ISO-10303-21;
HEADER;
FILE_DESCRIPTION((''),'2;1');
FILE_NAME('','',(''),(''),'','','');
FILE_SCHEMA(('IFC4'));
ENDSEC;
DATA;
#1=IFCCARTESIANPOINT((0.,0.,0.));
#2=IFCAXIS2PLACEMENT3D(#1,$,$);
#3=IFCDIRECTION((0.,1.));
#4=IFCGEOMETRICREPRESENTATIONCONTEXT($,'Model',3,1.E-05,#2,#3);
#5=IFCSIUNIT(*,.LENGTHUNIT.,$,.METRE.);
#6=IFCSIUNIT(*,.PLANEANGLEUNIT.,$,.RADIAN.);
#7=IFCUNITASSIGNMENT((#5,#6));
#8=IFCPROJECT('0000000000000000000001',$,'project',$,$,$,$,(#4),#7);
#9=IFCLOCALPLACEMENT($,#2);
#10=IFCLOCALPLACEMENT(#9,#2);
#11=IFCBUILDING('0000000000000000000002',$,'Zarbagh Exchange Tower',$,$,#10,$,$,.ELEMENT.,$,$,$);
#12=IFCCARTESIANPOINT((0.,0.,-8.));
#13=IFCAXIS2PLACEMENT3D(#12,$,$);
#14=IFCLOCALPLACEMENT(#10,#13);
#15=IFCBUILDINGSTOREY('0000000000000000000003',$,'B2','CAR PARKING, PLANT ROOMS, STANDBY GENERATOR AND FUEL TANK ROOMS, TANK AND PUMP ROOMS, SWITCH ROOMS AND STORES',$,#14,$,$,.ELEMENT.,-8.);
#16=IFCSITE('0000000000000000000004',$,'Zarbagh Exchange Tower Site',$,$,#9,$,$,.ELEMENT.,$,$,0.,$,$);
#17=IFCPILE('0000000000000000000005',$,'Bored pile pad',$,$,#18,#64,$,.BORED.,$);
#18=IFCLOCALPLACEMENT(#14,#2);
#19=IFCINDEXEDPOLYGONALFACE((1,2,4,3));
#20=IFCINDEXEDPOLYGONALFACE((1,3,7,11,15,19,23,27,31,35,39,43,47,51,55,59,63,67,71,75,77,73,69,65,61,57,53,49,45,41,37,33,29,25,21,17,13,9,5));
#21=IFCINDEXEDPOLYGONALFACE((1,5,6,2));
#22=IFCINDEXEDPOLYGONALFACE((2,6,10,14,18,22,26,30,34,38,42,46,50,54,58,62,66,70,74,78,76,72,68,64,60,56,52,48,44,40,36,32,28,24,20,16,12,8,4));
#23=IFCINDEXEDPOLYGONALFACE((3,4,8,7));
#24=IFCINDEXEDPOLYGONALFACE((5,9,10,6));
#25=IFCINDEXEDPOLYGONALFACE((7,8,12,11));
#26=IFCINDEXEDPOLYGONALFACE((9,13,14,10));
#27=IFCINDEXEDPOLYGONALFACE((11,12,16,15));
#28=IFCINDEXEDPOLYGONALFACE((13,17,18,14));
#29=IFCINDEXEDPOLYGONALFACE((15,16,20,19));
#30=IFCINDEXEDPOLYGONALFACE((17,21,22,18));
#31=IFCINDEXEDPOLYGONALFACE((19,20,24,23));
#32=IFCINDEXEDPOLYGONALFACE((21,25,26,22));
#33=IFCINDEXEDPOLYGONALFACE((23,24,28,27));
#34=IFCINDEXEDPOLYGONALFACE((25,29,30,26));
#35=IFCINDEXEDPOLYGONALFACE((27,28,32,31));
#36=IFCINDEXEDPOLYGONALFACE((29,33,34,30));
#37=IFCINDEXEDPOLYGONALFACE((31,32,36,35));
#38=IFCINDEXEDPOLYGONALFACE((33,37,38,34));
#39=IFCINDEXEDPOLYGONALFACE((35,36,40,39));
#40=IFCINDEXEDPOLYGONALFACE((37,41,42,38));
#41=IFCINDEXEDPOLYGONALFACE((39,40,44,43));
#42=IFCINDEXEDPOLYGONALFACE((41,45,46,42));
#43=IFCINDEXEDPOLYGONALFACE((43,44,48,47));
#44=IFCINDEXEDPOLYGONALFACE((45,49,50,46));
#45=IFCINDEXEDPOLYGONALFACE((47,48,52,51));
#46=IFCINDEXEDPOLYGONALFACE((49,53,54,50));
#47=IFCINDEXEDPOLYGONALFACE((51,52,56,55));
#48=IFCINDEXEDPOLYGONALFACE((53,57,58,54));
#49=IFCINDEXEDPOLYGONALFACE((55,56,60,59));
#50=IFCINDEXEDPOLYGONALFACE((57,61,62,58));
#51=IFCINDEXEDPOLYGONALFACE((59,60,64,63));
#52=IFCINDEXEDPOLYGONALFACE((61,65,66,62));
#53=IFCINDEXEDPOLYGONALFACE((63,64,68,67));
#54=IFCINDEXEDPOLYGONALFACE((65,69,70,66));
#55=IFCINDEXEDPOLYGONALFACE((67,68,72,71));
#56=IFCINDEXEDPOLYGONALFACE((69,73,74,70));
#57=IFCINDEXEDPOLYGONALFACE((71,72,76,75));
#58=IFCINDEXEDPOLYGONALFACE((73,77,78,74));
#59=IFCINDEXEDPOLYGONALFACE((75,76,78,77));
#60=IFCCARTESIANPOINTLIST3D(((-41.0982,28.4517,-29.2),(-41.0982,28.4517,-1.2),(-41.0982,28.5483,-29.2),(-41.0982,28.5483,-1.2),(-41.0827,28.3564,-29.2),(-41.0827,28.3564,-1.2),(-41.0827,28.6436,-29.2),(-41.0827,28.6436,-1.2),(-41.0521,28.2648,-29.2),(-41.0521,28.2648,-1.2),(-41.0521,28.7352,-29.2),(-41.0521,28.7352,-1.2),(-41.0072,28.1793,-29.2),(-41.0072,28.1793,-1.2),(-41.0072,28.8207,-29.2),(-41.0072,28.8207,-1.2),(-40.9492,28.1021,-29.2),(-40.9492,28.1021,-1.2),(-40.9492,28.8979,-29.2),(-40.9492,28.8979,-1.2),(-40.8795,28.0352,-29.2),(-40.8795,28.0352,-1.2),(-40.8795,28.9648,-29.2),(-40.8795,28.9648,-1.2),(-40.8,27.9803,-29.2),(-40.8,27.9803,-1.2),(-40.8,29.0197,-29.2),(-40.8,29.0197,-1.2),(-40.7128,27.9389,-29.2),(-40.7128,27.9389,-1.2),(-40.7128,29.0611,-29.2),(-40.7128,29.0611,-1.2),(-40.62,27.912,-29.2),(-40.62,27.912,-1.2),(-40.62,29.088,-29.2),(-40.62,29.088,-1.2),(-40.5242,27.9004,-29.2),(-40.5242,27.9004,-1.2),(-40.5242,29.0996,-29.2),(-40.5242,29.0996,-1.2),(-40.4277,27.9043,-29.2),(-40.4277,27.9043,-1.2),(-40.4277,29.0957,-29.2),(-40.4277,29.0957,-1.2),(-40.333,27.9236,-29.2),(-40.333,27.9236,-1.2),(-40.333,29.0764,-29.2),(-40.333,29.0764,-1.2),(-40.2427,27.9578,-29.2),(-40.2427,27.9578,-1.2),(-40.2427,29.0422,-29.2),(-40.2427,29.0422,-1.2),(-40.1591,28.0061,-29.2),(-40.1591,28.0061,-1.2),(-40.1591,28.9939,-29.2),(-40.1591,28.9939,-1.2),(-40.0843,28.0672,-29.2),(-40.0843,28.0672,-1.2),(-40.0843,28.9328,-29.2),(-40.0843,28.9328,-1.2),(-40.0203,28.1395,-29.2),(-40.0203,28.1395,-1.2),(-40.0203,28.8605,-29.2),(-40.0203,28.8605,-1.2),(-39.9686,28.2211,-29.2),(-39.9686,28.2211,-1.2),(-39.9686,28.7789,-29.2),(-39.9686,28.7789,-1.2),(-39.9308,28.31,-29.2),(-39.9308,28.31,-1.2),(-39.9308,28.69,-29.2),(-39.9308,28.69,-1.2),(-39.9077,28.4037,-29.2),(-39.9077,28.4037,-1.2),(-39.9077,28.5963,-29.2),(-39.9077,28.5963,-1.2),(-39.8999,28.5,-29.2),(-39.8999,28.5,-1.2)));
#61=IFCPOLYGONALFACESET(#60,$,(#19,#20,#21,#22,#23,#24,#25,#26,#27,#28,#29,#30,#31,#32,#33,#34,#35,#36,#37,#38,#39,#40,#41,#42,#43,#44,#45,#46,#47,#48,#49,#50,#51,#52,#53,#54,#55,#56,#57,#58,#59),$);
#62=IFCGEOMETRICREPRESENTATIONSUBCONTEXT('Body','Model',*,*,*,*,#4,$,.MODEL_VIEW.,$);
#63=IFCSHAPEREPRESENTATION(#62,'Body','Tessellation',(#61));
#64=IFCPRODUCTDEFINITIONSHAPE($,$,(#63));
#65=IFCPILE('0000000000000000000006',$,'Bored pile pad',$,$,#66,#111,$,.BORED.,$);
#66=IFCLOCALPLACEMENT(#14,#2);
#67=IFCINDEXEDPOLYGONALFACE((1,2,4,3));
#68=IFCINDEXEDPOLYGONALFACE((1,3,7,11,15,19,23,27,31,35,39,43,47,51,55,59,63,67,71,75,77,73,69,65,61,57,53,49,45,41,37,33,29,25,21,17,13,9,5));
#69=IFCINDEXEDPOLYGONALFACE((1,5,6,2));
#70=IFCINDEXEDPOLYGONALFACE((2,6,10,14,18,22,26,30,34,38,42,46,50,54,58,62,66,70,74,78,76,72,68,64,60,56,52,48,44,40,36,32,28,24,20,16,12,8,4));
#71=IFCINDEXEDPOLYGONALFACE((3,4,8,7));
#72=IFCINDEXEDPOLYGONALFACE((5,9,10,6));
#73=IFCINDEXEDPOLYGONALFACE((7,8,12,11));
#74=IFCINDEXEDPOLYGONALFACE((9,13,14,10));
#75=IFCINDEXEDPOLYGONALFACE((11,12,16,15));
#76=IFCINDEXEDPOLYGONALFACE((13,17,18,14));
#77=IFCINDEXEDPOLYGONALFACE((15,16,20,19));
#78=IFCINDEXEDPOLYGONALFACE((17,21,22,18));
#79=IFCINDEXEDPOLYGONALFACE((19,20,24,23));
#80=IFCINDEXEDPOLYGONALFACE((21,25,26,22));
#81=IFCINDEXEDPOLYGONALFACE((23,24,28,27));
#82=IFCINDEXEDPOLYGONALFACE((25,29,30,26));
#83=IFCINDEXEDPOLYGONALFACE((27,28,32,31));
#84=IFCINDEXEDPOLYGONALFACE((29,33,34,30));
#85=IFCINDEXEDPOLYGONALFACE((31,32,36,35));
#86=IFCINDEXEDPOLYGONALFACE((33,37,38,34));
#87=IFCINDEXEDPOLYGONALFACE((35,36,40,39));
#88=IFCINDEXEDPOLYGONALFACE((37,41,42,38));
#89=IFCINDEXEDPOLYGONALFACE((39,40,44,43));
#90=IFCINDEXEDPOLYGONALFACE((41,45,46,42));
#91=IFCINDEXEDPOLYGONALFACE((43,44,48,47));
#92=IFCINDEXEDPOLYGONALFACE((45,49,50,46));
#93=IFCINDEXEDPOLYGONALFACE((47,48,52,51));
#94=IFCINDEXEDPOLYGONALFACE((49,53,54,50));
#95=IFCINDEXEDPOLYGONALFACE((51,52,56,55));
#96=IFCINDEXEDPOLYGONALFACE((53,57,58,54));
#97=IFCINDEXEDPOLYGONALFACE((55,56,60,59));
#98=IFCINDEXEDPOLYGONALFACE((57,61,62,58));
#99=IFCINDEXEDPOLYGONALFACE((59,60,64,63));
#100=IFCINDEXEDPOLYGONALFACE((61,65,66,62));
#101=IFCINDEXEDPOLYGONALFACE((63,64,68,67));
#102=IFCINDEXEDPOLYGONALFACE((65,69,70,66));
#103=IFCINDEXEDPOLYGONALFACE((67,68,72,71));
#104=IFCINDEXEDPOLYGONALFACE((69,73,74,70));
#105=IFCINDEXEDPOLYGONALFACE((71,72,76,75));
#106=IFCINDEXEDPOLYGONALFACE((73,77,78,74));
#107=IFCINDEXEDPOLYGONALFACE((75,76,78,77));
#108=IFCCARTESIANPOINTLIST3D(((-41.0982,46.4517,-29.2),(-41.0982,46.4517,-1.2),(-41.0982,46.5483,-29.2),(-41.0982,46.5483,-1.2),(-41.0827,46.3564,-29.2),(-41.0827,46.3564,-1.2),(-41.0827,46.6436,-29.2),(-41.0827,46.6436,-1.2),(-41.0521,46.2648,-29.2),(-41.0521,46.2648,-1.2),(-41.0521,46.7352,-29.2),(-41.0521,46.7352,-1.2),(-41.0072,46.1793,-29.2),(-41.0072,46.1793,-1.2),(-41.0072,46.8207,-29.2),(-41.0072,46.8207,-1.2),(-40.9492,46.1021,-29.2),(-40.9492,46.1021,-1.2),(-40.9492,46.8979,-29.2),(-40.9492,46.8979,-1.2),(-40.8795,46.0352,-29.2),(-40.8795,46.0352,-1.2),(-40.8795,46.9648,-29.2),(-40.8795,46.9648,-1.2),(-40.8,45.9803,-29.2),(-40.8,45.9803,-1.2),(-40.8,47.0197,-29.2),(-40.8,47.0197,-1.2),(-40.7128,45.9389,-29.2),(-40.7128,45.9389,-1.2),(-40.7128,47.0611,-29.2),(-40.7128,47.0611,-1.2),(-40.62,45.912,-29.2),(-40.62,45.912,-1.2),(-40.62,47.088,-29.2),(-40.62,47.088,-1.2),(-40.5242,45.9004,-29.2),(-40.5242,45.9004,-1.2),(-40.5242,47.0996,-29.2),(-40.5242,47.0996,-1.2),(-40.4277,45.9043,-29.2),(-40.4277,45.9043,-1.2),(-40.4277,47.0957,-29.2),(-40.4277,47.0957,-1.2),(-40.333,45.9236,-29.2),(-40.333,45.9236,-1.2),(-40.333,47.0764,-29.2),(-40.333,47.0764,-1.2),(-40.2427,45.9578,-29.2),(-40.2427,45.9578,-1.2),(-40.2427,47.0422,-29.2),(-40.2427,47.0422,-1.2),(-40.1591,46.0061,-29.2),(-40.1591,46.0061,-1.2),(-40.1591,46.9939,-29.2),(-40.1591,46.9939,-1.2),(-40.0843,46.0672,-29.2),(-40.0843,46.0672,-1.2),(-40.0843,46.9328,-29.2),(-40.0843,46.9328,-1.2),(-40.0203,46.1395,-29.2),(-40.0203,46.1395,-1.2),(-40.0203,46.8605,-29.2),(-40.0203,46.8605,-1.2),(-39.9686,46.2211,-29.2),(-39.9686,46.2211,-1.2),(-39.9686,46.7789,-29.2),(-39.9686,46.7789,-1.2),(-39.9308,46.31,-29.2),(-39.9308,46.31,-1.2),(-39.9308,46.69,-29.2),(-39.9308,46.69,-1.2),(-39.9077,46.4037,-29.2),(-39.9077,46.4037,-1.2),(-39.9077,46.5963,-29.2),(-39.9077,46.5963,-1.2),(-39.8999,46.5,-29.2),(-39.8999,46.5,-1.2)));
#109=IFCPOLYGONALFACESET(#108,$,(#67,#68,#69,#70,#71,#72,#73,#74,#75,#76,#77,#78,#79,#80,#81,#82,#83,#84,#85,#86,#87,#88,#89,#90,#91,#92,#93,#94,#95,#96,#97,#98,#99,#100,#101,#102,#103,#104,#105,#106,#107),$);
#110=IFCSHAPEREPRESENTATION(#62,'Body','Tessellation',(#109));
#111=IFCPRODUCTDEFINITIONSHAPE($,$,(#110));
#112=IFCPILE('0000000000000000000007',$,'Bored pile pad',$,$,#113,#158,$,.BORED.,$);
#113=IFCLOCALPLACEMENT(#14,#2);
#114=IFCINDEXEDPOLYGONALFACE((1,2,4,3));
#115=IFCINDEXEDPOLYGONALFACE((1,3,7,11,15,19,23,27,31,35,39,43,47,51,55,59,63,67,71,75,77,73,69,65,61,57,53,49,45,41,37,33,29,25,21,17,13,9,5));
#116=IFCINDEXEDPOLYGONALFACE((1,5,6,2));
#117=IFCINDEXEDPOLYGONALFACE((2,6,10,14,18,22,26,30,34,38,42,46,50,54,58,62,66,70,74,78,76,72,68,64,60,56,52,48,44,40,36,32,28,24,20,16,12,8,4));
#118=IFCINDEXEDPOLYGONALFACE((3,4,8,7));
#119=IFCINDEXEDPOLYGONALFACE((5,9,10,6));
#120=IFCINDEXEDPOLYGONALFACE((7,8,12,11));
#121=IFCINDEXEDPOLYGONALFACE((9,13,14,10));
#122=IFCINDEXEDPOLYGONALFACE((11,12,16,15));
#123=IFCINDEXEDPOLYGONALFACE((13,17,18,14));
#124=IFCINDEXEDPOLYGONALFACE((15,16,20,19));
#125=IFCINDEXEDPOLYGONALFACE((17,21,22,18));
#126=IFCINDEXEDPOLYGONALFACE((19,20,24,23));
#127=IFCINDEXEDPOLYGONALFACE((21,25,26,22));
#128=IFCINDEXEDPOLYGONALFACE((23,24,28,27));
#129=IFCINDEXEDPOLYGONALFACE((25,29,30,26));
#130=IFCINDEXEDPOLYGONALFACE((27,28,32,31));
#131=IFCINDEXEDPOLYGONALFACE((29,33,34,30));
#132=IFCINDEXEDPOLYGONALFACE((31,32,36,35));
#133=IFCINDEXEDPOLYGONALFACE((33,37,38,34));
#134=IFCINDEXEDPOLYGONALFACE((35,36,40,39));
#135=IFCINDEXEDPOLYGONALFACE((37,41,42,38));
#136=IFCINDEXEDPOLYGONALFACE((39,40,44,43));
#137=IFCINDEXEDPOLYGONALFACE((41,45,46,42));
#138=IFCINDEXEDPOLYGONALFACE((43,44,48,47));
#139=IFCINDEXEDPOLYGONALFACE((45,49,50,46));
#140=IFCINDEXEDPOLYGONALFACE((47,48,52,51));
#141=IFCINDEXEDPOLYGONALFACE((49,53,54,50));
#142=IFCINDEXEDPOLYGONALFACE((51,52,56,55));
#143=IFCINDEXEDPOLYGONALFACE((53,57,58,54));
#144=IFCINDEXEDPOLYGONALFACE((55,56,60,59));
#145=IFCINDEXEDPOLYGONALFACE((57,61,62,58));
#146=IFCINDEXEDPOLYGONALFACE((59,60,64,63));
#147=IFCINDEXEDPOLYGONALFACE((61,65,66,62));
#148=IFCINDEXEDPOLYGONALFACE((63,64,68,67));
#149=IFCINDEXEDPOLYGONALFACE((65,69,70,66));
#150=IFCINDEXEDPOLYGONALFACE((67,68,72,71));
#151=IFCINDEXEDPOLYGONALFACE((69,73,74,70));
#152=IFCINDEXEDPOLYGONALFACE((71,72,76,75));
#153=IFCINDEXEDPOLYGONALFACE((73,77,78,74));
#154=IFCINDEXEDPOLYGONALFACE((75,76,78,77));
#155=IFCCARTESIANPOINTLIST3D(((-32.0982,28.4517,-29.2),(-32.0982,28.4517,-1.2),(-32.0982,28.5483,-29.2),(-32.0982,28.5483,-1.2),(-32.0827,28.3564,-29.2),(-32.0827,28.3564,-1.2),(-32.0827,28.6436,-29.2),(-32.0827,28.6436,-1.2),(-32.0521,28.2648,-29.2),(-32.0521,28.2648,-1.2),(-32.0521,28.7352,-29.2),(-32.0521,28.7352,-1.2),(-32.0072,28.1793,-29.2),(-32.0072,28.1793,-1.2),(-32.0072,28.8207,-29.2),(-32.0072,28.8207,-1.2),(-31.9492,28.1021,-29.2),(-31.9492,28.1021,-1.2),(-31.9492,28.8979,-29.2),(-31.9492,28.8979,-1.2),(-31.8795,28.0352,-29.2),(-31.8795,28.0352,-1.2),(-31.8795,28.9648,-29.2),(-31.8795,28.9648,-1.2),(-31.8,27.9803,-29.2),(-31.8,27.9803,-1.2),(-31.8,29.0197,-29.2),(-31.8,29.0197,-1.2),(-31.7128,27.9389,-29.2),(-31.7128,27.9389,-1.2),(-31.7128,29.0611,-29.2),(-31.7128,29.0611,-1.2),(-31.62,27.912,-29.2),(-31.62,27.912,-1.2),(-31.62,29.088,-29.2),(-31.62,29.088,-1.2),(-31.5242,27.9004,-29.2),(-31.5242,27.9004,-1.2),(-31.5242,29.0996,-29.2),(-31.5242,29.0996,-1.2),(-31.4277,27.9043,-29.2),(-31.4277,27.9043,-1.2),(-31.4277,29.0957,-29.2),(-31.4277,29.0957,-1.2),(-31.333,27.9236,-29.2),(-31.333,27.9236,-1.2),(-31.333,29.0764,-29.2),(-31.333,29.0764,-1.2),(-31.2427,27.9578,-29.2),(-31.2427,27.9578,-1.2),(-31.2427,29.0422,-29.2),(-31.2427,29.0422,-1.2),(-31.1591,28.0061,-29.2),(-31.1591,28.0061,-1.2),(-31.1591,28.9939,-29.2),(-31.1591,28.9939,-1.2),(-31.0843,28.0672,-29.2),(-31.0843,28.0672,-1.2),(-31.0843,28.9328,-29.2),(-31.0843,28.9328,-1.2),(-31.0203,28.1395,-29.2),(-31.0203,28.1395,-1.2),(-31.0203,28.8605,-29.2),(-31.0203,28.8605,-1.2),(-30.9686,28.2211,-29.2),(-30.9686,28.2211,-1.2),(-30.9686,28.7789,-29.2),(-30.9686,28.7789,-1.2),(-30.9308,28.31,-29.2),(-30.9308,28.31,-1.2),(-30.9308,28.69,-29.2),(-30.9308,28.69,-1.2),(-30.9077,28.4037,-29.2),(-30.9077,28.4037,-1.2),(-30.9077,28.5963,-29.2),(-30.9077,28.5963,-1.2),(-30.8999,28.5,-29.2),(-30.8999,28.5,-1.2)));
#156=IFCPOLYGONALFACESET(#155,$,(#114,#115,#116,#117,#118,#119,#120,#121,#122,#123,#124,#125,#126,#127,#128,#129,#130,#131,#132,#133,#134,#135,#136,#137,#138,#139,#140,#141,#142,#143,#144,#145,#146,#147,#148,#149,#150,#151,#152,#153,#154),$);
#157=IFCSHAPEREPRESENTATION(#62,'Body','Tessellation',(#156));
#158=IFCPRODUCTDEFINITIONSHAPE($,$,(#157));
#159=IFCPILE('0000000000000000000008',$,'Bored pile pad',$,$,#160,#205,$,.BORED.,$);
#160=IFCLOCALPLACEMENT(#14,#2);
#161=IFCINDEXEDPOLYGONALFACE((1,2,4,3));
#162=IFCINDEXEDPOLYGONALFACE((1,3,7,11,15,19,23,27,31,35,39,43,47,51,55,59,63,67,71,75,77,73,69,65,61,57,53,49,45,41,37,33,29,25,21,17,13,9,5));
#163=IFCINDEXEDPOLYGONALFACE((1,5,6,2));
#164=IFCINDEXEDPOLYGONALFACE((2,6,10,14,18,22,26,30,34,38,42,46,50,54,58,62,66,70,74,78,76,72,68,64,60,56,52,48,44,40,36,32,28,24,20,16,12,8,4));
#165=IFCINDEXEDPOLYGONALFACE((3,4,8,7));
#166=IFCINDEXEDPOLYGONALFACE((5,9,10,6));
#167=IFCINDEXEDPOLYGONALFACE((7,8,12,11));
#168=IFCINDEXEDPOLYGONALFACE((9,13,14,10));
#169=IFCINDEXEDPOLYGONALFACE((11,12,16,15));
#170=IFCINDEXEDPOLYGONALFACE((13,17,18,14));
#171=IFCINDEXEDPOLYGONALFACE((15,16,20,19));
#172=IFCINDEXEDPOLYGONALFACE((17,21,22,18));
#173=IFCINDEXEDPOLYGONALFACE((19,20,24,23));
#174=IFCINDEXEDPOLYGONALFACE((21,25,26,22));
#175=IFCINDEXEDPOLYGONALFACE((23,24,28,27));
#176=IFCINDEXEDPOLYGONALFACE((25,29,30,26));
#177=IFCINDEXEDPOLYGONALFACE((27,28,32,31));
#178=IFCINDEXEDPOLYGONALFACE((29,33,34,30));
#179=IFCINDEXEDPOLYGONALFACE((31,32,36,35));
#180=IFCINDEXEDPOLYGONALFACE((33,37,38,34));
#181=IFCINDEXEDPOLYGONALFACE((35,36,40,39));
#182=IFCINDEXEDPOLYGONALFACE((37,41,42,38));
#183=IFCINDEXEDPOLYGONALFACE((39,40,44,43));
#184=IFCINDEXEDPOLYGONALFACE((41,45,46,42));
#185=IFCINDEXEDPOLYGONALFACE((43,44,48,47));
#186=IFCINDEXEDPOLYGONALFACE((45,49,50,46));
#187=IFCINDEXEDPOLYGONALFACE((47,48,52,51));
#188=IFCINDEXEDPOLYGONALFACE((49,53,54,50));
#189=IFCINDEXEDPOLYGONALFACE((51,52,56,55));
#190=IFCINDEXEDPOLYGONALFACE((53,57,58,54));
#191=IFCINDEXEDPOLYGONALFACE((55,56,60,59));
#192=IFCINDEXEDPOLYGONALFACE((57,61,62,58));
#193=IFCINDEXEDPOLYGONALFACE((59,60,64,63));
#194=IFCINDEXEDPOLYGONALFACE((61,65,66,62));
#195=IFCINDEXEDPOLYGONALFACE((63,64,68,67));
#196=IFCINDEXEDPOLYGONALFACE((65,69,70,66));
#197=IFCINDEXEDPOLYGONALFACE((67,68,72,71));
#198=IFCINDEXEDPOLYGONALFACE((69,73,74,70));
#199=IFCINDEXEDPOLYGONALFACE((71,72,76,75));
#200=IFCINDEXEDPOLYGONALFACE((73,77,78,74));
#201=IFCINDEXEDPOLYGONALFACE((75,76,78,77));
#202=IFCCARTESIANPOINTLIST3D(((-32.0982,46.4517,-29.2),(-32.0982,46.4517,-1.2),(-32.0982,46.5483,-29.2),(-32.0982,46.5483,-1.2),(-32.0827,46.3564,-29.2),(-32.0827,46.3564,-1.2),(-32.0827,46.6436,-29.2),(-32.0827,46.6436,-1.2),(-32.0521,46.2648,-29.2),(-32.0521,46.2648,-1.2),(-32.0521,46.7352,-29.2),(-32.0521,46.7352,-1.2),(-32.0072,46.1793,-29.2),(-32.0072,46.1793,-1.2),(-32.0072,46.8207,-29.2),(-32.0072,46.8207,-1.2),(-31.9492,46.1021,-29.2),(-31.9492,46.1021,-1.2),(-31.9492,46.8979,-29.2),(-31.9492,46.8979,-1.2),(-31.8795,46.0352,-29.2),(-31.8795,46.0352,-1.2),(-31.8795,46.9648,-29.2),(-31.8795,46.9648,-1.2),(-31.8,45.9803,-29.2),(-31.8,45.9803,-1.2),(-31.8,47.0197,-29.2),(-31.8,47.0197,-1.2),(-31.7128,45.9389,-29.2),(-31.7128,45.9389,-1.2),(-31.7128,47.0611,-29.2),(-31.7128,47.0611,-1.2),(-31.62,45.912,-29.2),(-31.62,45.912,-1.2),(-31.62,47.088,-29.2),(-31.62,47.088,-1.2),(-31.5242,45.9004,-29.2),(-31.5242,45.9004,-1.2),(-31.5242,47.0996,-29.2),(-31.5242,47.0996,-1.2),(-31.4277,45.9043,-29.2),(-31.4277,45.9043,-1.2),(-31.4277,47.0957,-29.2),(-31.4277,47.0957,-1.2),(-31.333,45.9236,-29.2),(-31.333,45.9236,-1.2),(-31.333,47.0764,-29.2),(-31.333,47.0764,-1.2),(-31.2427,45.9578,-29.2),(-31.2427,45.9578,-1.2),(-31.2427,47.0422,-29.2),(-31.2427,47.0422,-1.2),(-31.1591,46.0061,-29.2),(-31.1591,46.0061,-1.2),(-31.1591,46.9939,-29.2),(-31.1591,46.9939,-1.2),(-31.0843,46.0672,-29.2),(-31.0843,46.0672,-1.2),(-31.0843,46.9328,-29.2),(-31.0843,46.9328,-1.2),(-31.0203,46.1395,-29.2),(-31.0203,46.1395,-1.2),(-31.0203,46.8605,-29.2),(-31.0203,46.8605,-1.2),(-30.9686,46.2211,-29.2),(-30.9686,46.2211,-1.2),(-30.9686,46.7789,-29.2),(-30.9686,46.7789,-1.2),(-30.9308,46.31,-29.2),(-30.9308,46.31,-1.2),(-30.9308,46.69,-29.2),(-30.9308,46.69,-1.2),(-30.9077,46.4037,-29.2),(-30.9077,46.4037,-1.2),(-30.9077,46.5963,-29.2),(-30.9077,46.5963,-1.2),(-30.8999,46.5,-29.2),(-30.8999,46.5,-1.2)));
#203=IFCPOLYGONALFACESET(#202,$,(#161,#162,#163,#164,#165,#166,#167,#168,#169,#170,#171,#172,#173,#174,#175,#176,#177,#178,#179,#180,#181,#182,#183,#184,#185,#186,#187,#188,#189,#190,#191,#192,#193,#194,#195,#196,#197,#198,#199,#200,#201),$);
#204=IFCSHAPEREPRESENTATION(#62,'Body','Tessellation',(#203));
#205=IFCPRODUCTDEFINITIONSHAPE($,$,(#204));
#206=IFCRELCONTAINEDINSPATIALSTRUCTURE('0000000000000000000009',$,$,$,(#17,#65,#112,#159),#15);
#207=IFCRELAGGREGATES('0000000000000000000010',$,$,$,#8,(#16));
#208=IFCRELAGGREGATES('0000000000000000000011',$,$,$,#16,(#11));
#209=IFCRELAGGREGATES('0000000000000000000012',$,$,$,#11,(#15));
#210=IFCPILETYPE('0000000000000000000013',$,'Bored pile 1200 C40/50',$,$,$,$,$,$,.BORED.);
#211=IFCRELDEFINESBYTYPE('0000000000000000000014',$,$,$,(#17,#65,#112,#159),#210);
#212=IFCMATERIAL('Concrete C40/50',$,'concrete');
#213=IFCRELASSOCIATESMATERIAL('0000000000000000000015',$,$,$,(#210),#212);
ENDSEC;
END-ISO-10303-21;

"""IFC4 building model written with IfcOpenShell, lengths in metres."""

from ifc_helpers import new_model, si_unit, direction, frame, origin, origin_2d, place, context, subcontext, project, spatial, circle, extrude, material, material_profile, profile_set, type_object, element, save


model = new_model("IFC4")

# Units and contexts
model_context = context("Model", 3, precision=1e-05, world=origin(), true_north=direction((0.0, 1.0)))
body_context = subcontext(model_context, "Body", "Model", "MODEL_VIEW")
ifc_project = project(units=[si_unit("LENGTHUNIT", "METRE"), si_unit("PLANEANGLEUNIT", "RADIAN")], contexts=[model_context])

# Site, building, storey
site_placement = place(None, origin())
site = spatial("IfcSite", under=ifc_project, at=site_placement, Name="Zarbagh Exchange Tower Site", CompositionType="ELEMENT", RefElevation=0.0)
building_placement = place(site_placement, origin())
building = spatial("IfcBuilding", under=site, at=building_placement, Name="Zarbagh Exchange Tower", CompositionType="ELEMENT")
storey_placement = place(building_placement, frame((0.0, 0.0, -8.0)))
storey = spatial("IfcBuildingStorey", under=building, at=storey_placement, Name="B2", Description="CAR PARKING, PLANT ROOMS, STANDBY GENERATOR AND FUEL TANK ROOMS, TANK AND PUMP ROOMS, SWITCH ROOMS AND STORES", CompositionType="ELEMENT", Elevation=-8.0)

# Piles
ifc_material_1 = material(Name="Concrete C40/50", Category="concrete")
ifc_material_profile_1 = material_profile(ifc_material_1, circle(Radius=0.6001, at=origin_2d()), Name="Bored pile 1200 C40/50")
ifc_profile_set_1 = profile_set([ifc_material_profile_1], Name="Concrete C40/50")
pile_type = type_object("IfcPileType", Name="Bored pile 1200 C40/50", PredefinedType="BORED", material=ifc_profile_set_1)
for number, where, z_axis, x_axis, name in (
    (1, (-40.5, 28.5, -1.2), (0.0, 0.0, -1.0), (1.0, 0.0, 0.0), "Bored pile pad"),
    (2, (-40.5, 46.5, -1.2), (0.0, 0.0, -1.0), (1.0, 0.0, 0.0), "Bored pile pad"),
    (3, (-31.5, 28.5, -1.2), (0.0, 0.0, -1.0), (1.0, 0.0, 0.0), "Bored pile pad"),
    (4, (-31.5, 46.5, -1.2), (0.0, 0.0, -1.0), (1.0, 0.0, 0.0), "Bored pile pad"),
):
    element("IfcPile", number, at=place(storey_placement, frame(where, z_axis=z_axis, x_axis=x_axis)), inside=storey, type_object=pile_type, Name=name, PredefinedType="BORED", context=body_context, shape_type="SweptSolid", body=[
        extrude(circle(Radius=0.6001, at=origin_2d()), origin(), (0.0, 0.0, 1.0), 28.0),
    ])

save(model, "model.ifc")
